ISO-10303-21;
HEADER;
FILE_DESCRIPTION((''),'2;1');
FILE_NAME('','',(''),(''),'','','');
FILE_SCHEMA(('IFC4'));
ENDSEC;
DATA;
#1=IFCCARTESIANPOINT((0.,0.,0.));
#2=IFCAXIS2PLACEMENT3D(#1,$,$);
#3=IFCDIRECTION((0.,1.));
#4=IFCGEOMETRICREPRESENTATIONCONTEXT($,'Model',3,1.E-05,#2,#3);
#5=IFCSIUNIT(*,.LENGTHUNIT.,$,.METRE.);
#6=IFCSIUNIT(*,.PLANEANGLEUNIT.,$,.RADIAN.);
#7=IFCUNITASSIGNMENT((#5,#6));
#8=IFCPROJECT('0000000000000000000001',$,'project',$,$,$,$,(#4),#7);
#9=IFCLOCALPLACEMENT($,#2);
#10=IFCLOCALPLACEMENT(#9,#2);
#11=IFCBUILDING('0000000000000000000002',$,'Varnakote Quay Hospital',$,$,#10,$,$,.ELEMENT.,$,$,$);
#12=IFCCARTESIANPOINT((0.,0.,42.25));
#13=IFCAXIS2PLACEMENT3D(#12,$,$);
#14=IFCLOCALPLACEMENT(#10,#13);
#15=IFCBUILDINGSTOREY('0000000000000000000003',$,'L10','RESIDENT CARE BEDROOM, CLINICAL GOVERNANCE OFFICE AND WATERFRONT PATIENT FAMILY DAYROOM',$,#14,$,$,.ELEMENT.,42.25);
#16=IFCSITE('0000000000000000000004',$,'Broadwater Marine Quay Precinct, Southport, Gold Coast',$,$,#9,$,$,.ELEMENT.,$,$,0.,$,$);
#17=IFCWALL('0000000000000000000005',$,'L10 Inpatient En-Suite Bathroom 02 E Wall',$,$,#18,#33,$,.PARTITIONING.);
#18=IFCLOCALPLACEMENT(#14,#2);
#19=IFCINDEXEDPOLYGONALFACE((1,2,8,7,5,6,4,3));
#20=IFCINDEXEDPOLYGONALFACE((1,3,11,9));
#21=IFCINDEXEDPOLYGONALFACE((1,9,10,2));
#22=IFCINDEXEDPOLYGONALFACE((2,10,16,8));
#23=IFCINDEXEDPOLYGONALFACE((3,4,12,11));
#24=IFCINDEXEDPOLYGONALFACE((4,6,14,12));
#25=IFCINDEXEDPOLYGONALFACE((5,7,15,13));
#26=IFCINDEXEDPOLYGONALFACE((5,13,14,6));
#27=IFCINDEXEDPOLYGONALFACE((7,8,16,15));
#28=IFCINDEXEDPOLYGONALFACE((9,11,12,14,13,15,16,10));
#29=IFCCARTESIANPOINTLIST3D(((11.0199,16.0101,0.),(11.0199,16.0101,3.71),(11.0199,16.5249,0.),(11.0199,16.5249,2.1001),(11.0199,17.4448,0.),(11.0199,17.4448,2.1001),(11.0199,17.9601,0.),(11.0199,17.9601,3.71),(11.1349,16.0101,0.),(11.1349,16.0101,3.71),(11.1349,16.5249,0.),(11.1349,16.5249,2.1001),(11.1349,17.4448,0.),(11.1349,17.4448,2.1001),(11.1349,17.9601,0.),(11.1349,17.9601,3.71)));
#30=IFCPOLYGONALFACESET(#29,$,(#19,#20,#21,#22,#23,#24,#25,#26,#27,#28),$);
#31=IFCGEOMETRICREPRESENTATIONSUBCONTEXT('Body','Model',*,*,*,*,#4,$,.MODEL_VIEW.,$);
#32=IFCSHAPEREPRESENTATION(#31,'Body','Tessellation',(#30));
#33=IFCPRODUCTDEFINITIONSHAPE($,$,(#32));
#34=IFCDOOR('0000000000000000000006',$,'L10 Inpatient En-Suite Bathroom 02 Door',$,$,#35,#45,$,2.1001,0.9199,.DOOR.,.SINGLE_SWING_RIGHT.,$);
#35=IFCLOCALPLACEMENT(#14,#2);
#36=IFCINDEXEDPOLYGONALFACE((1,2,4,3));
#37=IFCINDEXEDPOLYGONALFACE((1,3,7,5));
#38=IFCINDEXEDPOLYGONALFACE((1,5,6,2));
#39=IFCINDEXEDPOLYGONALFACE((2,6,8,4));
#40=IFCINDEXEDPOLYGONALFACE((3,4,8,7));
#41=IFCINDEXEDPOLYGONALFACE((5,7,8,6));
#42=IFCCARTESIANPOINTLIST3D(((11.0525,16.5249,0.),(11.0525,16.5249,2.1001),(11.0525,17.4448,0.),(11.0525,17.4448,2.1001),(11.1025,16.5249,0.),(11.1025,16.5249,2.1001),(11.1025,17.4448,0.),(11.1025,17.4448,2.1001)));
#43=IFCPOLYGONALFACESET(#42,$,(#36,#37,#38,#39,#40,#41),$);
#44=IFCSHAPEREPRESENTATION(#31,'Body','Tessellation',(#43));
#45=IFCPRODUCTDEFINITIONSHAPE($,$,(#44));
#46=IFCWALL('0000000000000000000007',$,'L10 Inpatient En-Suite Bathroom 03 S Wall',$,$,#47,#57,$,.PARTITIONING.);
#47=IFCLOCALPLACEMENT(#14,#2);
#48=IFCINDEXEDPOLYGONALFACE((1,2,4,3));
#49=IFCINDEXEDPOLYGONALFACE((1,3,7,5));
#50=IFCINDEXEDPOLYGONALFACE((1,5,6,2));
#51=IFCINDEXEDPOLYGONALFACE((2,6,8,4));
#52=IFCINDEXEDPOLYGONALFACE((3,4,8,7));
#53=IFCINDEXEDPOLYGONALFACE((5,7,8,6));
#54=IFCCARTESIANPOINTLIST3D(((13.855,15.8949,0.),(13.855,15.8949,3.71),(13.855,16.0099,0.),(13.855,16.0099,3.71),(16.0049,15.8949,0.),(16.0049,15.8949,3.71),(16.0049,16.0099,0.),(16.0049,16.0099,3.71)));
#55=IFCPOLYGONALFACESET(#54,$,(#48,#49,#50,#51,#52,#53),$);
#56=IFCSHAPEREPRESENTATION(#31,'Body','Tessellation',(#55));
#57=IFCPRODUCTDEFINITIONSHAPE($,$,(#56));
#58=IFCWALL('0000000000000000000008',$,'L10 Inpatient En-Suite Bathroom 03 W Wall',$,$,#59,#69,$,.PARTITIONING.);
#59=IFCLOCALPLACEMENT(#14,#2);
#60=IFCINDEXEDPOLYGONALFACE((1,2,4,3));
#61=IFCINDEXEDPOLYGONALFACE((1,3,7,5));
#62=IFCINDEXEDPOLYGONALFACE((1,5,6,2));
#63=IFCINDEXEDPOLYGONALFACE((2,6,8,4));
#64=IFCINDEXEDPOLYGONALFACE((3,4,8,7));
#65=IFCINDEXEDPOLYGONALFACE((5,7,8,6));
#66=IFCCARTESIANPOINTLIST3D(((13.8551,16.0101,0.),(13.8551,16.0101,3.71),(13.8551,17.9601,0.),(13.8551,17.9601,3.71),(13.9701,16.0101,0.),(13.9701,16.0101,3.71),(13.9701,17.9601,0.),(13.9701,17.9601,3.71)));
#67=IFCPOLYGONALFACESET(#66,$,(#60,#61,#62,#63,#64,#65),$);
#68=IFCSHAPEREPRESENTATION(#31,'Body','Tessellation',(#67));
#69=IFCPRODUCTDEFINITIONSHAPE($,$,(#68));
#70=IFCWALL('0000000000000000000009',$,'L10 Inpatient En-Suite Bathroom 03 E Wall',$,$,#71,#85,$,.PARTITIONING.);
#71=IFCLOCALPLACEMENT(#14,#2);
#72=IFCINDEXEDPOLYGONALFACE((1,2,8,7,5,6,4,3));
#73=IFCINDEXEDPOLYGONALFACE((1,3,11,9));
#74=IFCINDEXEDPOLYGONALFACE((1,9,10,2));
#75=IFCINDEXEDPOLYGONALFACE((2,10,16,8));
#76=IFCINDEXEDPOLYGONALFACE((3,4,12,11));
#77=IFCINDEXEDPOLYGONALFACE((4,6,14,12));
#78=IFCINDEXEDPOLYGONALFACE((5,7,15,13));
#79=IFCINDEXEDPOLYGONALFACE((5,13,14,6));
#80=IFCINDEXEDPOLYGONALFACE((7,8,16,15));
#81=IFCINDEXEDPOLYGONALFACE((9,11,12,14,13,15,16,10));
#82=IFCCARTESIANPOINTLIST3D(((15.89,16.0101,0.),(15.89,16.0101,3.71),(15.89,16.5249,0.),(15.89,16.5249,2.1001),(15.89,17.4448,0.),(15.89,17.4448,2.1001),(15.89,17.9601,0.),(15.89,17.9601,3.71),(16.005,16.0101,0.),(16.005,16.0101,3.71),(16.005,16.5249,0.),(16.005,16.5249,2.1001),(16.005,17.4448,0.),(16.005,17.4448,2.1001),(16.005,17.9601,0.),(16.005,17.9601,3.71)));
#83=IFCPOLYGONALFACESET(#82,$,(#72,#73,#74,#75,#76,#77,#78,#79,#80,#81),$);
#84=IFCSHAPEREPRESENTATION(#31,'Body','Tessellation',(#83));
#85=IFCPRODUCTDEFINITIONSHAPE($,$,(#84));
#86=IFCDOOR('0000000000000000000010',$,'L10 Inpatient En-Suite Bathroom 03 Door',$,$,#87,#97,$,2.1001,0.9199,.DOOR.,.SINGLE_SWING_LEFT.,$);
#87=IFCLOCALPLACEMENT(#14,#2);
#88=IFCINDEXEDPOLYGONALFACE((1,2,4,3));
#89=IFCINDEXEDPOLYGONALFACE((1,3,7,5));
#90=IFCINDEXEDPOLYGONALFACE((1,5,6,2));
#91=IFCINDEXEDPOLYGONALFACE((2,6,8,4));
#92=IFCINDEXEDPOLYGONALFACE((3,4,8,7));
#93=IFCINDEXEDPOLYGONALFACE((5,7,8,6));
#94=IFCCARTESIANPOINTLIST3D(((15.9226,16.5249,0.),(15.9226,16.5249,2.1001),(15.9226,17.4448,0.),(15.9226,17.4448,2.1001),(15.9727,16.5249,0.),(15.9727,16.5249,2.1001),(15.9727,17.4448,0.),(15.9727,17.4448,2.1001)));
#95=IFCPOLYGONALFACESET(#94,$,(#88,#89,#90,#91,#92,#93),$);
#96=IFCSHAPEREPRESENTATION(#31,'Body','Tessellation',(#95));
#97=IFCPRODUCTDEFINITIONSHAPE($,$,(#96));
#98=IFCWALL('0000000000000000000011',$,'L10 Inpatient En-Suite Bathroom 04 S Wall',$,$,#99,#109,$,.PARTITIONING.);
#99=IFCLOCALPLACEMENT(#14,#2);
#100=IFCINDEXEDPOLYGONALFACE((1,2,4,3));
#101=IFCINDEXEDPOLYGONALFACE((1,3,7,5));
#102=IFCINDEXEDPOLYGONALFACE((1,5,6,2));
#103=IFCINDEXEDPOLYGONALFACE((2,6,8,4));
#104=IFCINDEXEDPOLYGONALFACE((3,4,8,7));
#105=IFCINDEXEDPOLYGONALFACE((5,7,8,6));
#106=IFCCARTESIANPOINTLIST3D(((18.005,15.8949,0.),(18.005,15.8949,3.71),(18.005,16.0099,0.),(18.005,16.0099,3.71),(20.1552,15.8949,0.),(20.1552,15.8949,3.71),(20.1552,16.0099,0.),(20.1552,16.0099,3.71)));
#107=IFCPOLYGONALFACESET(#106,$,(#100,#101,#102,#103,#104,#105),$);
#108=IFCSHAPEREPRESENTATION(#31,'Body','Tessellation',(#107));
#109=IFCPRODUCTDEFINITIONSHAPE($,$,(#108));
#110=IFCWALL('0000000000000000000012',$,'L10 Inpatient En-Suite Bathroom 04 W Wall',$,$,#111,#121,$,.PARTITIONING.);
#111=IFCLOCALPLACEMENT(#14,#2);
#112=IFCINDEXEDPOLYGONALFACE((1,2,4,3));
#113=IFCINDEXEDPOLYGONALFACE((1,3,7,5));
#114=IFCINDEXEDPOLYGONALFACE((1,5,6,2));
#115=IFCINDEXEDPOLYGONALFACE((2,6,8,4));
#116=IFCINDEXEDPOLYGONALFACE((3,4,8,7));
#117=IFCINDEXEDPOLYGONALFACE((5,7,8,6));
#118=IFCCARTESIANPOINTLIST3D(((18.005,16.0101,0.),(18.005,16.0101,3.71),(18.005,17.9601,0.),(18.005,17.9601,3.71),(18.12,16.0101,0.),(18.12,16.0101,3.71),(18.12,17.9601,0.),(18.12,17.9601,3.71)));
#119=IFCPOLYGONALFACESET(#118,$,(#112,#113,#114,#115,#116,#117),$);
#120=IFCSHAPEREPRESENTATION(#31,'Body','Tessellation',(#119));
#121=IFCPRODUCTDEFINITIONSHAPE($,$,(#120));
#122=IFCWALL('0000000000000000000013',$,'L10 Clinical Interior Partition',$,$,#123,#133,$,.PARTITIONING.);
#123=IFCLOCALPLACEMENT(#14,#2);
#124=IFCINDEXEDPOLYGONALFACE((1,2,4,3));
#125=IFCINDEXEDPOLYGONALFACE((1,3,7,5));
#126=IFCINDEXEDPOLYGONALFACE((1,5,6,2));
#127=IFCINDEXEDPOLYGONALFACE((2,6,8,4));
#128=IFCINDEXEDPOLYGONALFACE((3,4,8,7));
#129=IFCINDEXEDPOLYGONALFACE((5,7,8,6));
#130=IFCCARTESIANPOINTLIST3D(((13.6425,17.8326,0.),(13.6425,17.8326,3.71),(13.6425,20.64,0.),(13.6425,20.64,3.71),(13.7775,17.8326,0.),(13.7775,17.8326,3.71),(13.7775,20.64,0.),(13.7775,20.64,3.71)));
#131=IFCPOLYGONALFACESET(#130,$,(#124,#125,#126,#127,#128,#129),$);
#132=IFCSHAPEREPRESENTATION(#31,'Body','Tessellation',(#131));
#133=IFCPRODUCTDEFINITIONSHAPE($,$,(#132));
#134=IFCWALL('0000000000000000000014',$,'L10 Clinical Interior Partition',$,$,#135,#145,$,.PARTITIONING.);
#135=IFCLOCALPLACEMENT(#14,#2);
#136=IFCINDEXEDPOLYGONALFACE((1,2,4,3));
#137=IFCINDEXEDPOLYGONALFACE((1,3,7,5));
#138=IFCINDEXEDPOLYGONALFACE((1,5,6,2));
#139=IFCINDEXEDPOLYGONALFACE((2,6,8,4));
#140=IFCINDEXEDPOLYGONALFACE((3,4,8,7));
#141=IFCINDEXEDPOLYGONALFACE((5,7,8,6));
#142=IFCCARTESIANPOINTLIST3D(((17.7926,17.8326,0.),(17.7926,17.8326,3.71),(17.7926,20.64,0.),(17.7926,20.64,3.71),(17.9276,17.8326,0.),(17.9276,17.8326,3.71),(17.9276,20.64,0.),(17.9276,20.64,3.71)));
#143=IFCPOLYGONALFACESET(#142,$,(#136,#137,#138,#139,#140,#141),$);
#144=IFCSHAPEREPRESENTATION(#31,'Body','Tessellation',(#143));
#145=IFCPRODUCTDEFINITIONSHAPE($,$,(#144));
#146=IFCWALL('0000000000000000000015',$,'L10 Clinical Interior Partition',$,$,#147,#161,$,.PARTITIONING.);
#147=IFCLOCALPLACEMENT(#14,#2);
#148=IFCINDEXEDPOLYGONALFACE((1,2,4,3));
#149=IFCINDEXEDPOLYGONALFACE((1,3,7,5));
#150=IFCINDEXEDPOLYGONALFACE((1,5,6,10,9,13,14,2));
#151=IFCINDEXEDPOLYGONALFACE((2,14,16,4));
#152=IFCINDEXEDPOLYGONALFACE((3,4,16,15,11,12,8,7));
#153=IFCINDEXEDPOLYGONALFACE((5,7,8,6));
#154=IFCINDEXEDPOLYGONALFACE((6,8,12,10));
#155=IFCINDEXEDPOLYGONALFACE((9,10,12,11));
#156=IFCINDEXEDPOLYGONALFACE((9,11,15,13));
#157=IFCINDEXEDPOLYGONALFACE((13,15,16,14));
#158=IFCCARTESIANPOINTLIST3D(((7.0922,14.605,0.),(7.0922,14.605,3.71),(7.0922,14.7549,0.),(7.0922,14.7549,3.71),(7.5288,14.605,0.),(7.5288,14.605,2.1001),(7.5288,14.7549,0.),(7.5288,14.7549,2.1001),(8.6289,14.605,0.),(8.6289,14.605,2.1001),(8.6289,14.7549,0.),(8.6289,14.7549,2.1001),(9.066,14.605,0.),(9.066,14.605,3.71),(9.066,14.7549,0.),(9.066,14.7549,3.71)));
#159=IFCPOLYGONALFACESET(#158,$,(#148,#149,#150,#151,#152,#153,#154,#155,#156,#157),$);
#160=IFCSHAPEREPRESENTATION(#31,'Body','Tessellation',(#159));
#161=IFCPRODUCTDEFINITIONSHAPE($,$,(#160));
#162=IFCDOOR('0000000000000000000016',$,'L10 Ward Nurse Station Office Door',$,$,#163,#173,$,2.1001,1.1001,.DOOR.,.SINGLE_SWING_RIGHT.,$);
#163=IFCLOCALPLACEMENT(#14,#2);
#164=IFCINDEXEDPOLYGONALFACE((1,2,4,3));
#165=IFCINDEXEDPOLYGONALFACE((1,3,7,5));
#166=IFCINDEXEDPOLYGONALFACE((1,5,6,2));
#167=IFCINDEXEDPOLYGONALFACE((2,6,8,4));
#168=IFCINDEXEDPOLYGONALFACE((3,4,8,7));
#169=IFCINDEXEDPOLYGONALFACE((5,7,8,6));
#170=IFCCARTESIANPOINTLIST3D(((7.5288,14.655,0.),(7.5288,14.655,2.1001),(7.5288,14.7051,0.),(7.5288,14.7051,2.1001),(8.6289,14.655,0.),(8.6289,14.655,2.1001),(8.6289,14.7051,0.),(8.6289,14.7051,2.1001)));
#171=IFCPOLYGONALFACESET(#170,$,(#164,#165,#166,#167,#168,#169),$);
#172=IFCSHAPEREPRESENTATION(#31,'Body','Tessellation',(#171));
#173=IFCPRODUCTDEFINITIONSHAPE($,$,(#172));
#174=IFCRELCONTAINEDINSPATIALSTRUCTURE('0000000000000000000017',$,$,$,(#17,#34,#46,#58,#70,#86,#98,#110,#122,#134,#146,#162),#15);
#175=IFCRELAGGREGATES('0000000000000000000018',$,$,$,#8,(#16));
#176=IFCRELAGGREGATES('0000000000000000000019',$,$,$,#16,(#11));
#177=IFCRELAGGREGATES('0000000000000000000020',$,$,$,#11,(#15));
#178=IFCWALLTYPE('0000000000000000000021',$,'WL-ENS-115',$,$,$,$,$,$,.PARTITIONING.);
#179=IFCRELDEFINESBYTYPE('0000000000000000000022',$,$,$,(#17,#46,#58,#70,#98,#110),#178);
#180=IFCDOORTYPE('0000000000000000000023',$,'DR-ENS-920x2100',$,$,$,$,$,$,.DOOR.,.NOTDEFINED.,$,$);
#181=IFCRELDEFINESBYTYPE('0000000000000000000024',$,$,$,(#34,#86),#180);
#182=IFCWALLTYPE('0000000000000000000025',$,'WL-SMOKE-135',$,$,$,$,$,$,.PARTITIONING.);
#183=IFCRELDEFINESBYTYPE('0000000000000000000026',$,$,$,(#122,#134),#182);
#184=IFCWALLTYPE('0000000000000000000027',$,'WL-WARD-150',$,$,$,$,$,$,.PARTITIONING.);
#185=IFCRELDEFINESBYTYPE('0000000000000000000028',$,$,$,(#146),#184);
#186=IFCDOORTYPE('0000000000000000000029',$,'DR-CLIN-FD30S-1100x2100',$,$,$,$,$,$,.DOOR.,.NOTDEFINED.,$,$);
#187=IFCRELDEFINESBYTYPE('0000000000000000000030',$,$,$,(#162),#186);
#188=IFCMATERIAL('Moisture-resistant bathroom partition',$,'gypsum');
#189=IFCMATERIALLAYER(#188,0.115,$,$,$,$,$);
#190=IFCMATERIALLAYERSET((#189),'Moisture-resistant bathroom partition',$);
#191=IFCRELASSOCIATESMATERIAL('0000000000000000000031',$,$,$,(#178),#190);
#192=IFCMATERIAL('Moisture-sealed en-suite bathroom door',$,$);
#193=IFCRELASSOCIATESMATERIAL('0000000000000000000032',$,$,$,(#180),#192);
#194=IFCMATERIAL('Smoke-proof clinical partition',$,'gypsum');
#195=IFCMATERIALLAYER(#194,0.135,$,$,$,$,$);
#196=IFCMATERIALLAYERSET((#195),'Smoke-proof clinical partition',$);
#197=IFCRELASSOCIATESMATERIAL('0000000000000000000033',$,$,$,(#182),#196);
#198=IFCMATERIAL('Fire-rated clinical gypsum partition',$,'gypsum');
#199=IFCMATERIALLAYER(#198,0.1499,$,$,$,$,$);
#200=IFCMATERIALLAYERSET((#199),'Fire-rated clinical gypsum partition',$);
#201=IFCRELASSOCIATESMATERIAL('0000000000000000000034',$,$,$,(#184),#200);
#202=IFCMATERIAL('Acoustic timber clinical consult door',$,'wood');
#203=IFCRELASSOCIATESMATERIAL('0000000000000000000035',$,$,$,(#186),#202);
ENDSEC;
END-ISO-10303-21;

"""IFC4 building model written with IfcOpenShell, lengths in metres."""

from ifc_helpers import new_model, si_unit, direction, frame, frame_2d, origin, place, context, subcontext, project, spatial, rectangle, extrude, material, layer, layer_set, type_object, element, fill, save


model = new_model("IFC4")

# Units and contexts
model_context = context("Model", 3, precision=1e-05, world=origin(), true_north=direction((0.0, 1.0)))
body_context = subcontext(model_context, "Body", "Model", "MODEL_VIEW")
ifc_project = project(units=[si_unit("LENGTHUNIT", "METRE"), si_unit("PLANEANGLEUNIT", "RADIAN")], contexts=[model_context])

# Site, building, storey
site_placement = place(None, origin())
site = spatial("IfcSite", under=ifc_project, at=site_placement, Name="Broadwater Marine Quay Precinct, Southport, Gold Coast", CompositionType="ELEMENT", RefElevation=0.0)
building_placement = place(site_placement, origin())
building = spatial("IfcBuilding", under=site, at=building_placement, Name="Varnakote Quay Hospital", CompositionType="ELEMENT")
storey_placement = place(building_placement, frame((0.0, 0.0, 42.25)))
storey = spatial("IfcBuildingStorey", under=building, at=storey_placement, Name="L10", Description="RESIDENT CARE BEDROOM, CLINICAL GOVERNANCE OFFICE AND WATERFRONT PATIENT FAMILY DAYROOM", CompositionType="ELEMENT", Elevation=42.25)

# Wall, opening, door
ifc_material_1 = material(Name="Moisture-resistant bathroom partition", Category="gypsum")
ifc_layer_1 = layer(ifc_material_1, 0.115)
ifc_layer_set_1 = layer_set([ifc_layer_1], Name="Moisture-resistant bathroom partition")
wall_type_1 = type_object("IfcWallType", Name="WL-ENS-115", PredefinedType="PARTITIONING", material=ifc_layer_set_1)
wall_1_placement = place(storey_placement, frame((11.0774, 16.01, 0.0), z_axis=(0.0, 0.0, 1.0), x_axis=(0.0, 1.0, 0.0)))
wall_1 = element("IfcWall", 1, at=wall_1_placement, inside=storey, type_object=wall_type_1, Name="L10 Inpatient En-Suite Bathroom 02 E Wall", PredefinedType="PARTITIONING", context=body_context, shape_type="SweptSolid", body=[
    extrude(rectangle(XDim=1.95, YDim=0.115, at=frame_2d((0.9751, 0.0))), origin(), (0.0, 0.0, 1.0), 3.71),
])
opening_1_placement = place(wall_1_placement, frame((0.5149, 0.0, 0.0)))
opening_1 = element("IfcOpeningElement", 2, at=opening_1_placement, cuts=wall_1, PredefinedType="OPENING", context=body_context, shape_type="SweptSolid", body=[
    extrude(rectangle(XDim=0.9199, YDim=2.1001, at=frame_2d((0.46, 1.05))), frame((0.0, 0.0674, 0.0), z_axis=(0.0, -1.0, 0.0), x_axis=(1.0, 0.0, 0.0)), (0.0, 0.0, 1.0), 0.135),
])
ifc_material_2 = material(Name="Moisture-sealed en-suite bathroom door")
door_type_1 = type_object("IfcDoorType", Name="DR-ENS-920x2100", OperationType="NOTDEFINED", PredefinedType="DOOR", material=ifc_material_2)
door_1_placement = place(opening_1_placement, origin())
door_1 = element("IfcDoor", 3, at=door_1_placement, inside=storey, type_object=door_type_1, Name="L10 Inpatient En-Suite Bathroom 02 Door", OperationType="SINGLE_SWING_RIGHT", OverallHeight=2.1001, OverallWidth=0.9199, PredefinedType="DOOR", context=body_context, shape_type="SweptSolid", body=[
    extrude(rectangle(XDim=0.9199, YDim=2.1001, at=frame_2d((0.46, 1.05))), frame((0.0, 0.0249, 0.0), z_axis=(0.0, -1.0, 0.0), x_axis=(1.0, 0.0, 0.0)), (0.0, 0.0, 1.0), 0.05),
])
fill(opening_1, door_1)

# Walls
wall_2_placement = place(storey_placement, frame((13.855, 15.9524, 0.0), z_axis=(0.0, 0.0, 1.0), x_axis=(1.0, 0.0, 0.0)))
element("IfcWall", 4, at=wall_2_placement, inside=storey, type_object=wall_type_1, Name="L10 Inpatient En-Suite Bathroom 03 S Wall", PredefinedType="PARTITIONING", context=body_context, shape_type="SweptSolid", body=[
    extrude(rectangle(XDim=2.1499, YDim=0.115, at=frame_2d((1.075, 0.0))), origin(), (0.0, 0.0, 1.0), 3.71),
])
wall_3_placement = place(storey_placement, frame((13.9126, 16.01, 0.0), z_axis=(0.0, 0.0, 1.0), x_axis=(0.0, 1.0, 0.0)))
element("IfcWall", 5, at=wall_3_placement, inside=storey, type_object=wall_type_1, Name="L10 Inpatient En-Suite Bathroom 03 W Wall", PredefinedType="PARTITIONING", context=body_context, shape_type="SweptSolid", body=[
    extrude(rectangle(XDim=1.95, YDim=0.115, at=frame_2d((0.9751, 0.0))), origin(), (0.0, 0.0, 1.0), 3.71),
])

# Wall, opening, door
wall_4_placement = place(storey_placement, frame((15.9475, 16.01, 0.0), z_axis=(0.0, 0.0, 1.0), x_axis=(0.0, 1.0, 0.0)))
wall_4 = element("IfcWall", 6, at=wall_4_placement, inside=storey, type_object=wall_type_1, Name="L10 Inpatient En-Suite Bathroom 03 E Wall", PredefinedType="PARTITIONING", context=body_context, shape_type="SweptSolid", body=[
    extrude(rectangle(XDim=1.95, YDim=0.115, at=frame_2d((0.9751, 0.0))), origin(), (0.0, 0.0, 1.0), 3.71),
])
opening_2_placement = place(wall_4_placement, frame((0.5149, 0.0, 0.0)))
opening_2 = element("IfcOpeningElement", 7, at=opening_2_placement, cuts=wall_4, PredefinedType="OPENING", context=body_context, shape_type="SweptSolid", body=[
    extrude(rectangle(XDim=0.9199, YDim=2.1001, at=frame_2d((0.46, 1.05))), frame((0.0, 0.0674, 0.0), z_axis=(0.0, -1.0, 0.0), x_axis=(1.0, 0.0, 0.0)), (0.0, 0.0, 1.0), 0.135),
])
door_2_placement = place(opening_2_placement, origin())
door_2 = element("IfcDoor", 8, at=door_2_placement, inside=storey, type_object=door_type_1, Name="L10 Inpatient En-Suite Bathroom 03 Door", OperationType="SINGLE_SWING_LEFT", OverallHeight=2.1001, OverallWidth=0.9199, PredefinedType="DOOR", context=body_context, shape_type="SweptSolid", body=[
    extrude(rectangle(XDim=0.9199, YDim=2.1001, at=frame_2d((0.46, 1.05))), frame((0.0, 0.0249, 0.0), z_axis=(0.0, -1.0, 0.0), x_axis=(1.0, 0.0, 0.0)), (0.0, 0.0, 1.0), 0.05),
])
fill(opening_2, door_2)

# Walls
wall_5_placement = place(storey_placement, frame((18.0049, 15.9524, 0.0), z_axis=(0.0, 0.0, 1.0), x_axis=(1.0, 0.0, 0.0)))
element("IfcWall", 9, at=wall_5_placement, inside=storey, type_object=wall_type_1, Name="L10 Inpatient En-Suite Bathroom 04 S Wall", PredefinedType="PARTITIONING", context=body_context, shape_type="SweptSolid", body=[
    extrude(rectangle(XDim=2.1501, YDim=0.115, at=frame_2d((1.0752, 0.0))), origin(), (0.0, 0.0, 1.0), 3.71),
])
wall_6_placement = place(storey_placement, frame((18.0625, 16.01, 0.0), z_axis=(0.0, 0.0, 1.0), x_axis=(0.0, 1.0, 0.0)))
element("IfcWall", 10, at=wall_6_placement, inside=storey, type_object=wall_type_1, Name="L10 Inpatient En-Suite Bathroom 04 W Wall", PredefinedType="PARTITIONING", context=body_context, shape_type="SweptSolid", body=[
    extrude(rectangle(XDim=1.95, YDim=0.115, at=frame_2d((0.9751, 0.0))), origin(), (0.0, 0.0, 1.0), 3.71),
])
ifc_material_3 = material(Name="Smoke-proof clinical partition", Category="gypsum")
ifc_layer_2 = layer(ifc_material_3, 0.135)
ifc_layer_set_2 = layer_set([ifc_layer_2], Name="Smoke-proof clinical partition")
wall_type_2 = type_object("IfcWallType", Name="WL-SMOKE-135", PredefinedType="PARTITIONING", material=ifc_layer_set_2)
for number, where, z_axis, x_axis, name in (
    (11, (13.71, 17.8325, 0.0), (0.0, 0.0, 1.0), (0.0, 1.0, 0.0), "L10 Clinical Interior Partition"),
    (12, (17.8601, 17.8325, 0.0), (0.0, 0.0, 1.0), (0.0, 1.0, 0.0), "L10 Clinical Interior Partition"),
):
    element("IfcWall", number, at=place(storey_placement, frame(where, z_axis=z_axis, x_axis=x_axis)), inside=storey, type_object=wall_type_2, Name=name, PredefinedType="PARTITIONING", context=body_context, shape_type="SweptSolid", body=[
        extrude(rectangle(XDim=2.8074, YDim=0.135, at=frame_2d((1.4038, 0.0))), origin(), (0.0, 0.0, 1.0), 3.71),
    ])

# Wall, opening, door
ifc_material_4 = material(Name="Fire-rated clinical gypsum partition", Category="gypsum")
ifc_layer_3 = layer(ifc_material_4, 0.1499)
ifc_layer_set_3 = layer_set([ifc_layer_3], Name="Fire-rated clinical gypsum partition")
wall_type_3 = type_object("IfcWallType", Name="WL-WARD-150", PredefinedType="PARTITIONING", material=ifc_layer_set_3)
wall_7_placement = place(storey_placement, frame((9.0659, 14.6799, 0.0), z_axis=(0.0, 0.0, 1.0), x_axis=(-1.0, 0.0, 0.0)))
wall_7 = element("IfcWall", 13, at=wall_7_placement, inside=storey, type_object=wall_type_3, Name="L10 Clinical Interior Partition", PredefinedType="PARTITIONING", context=body_context, shape_type="SweptSolid", body=[
    extrude(rectangle(XDim=1.9739, YDim=0.1499, at=frame_2d((0.9868, 0.0))), origin(), (0.0, 0.0, 1.0), 3.71),
])
opening_3_placement = place(wall_7_placement, frame((0.437, 0.0, 0.0)))
opening_3 = element("IfcOpeningElement", 14, at=opening_3_placement, cuts=wall_7, PredefinedType="OPENING", context=body_context, shape_type="SweptSolid", body=[
    extrude(rectangle(XDim=1.1001, YDim=2.1001, at=frame_2d((0.55, 1.05))), frame((0.0, 0.085, 0.0), z_axis=(0.0, -1.0, 0.0), x_axis=(1.0, 0.0, 0.0)), (0.0, 0.0, 1.0), 0.1699),
])
ifc_material_5 = material(Name="Acoustic timber clinical consult door", Category="wood")
door_type_2 = type_object("IfcDoorType", Name="DR-CLIN-FD30S-1100x2100", OperationType="NOTDEFINED", PredefinedType="DOOR", material=ifc_material_5)
door_3_placement = place(opening_3_placement, origin())
door_3 = element("IfcDoor", 15, at=door_3_placement, inside=storey, type_object=door_type_2, Name="L10 Ward Nurse Station Office Door", OperationType="SINGLE_SWING_RIGHT", OverallHeight=2.1001, OverallWidth=1.1001, PredefinedType="DOOR", context=body_context, shape_type="SweptSolid", body=[
    extrude(rectangle(XDim=1.1001, YDim=2.1001, at=frame_2d((0.55, 1.05))), frame((0.0, 0.0249, 0.0), z_axis=(0.0, -1.0, 0.0), x_axis=(1.0, 0.0, 0.0)), (0.0, 0.0, 1.0), 0.05),
])
fill(opening_3, door_3)

save(model, "model.ifc")
